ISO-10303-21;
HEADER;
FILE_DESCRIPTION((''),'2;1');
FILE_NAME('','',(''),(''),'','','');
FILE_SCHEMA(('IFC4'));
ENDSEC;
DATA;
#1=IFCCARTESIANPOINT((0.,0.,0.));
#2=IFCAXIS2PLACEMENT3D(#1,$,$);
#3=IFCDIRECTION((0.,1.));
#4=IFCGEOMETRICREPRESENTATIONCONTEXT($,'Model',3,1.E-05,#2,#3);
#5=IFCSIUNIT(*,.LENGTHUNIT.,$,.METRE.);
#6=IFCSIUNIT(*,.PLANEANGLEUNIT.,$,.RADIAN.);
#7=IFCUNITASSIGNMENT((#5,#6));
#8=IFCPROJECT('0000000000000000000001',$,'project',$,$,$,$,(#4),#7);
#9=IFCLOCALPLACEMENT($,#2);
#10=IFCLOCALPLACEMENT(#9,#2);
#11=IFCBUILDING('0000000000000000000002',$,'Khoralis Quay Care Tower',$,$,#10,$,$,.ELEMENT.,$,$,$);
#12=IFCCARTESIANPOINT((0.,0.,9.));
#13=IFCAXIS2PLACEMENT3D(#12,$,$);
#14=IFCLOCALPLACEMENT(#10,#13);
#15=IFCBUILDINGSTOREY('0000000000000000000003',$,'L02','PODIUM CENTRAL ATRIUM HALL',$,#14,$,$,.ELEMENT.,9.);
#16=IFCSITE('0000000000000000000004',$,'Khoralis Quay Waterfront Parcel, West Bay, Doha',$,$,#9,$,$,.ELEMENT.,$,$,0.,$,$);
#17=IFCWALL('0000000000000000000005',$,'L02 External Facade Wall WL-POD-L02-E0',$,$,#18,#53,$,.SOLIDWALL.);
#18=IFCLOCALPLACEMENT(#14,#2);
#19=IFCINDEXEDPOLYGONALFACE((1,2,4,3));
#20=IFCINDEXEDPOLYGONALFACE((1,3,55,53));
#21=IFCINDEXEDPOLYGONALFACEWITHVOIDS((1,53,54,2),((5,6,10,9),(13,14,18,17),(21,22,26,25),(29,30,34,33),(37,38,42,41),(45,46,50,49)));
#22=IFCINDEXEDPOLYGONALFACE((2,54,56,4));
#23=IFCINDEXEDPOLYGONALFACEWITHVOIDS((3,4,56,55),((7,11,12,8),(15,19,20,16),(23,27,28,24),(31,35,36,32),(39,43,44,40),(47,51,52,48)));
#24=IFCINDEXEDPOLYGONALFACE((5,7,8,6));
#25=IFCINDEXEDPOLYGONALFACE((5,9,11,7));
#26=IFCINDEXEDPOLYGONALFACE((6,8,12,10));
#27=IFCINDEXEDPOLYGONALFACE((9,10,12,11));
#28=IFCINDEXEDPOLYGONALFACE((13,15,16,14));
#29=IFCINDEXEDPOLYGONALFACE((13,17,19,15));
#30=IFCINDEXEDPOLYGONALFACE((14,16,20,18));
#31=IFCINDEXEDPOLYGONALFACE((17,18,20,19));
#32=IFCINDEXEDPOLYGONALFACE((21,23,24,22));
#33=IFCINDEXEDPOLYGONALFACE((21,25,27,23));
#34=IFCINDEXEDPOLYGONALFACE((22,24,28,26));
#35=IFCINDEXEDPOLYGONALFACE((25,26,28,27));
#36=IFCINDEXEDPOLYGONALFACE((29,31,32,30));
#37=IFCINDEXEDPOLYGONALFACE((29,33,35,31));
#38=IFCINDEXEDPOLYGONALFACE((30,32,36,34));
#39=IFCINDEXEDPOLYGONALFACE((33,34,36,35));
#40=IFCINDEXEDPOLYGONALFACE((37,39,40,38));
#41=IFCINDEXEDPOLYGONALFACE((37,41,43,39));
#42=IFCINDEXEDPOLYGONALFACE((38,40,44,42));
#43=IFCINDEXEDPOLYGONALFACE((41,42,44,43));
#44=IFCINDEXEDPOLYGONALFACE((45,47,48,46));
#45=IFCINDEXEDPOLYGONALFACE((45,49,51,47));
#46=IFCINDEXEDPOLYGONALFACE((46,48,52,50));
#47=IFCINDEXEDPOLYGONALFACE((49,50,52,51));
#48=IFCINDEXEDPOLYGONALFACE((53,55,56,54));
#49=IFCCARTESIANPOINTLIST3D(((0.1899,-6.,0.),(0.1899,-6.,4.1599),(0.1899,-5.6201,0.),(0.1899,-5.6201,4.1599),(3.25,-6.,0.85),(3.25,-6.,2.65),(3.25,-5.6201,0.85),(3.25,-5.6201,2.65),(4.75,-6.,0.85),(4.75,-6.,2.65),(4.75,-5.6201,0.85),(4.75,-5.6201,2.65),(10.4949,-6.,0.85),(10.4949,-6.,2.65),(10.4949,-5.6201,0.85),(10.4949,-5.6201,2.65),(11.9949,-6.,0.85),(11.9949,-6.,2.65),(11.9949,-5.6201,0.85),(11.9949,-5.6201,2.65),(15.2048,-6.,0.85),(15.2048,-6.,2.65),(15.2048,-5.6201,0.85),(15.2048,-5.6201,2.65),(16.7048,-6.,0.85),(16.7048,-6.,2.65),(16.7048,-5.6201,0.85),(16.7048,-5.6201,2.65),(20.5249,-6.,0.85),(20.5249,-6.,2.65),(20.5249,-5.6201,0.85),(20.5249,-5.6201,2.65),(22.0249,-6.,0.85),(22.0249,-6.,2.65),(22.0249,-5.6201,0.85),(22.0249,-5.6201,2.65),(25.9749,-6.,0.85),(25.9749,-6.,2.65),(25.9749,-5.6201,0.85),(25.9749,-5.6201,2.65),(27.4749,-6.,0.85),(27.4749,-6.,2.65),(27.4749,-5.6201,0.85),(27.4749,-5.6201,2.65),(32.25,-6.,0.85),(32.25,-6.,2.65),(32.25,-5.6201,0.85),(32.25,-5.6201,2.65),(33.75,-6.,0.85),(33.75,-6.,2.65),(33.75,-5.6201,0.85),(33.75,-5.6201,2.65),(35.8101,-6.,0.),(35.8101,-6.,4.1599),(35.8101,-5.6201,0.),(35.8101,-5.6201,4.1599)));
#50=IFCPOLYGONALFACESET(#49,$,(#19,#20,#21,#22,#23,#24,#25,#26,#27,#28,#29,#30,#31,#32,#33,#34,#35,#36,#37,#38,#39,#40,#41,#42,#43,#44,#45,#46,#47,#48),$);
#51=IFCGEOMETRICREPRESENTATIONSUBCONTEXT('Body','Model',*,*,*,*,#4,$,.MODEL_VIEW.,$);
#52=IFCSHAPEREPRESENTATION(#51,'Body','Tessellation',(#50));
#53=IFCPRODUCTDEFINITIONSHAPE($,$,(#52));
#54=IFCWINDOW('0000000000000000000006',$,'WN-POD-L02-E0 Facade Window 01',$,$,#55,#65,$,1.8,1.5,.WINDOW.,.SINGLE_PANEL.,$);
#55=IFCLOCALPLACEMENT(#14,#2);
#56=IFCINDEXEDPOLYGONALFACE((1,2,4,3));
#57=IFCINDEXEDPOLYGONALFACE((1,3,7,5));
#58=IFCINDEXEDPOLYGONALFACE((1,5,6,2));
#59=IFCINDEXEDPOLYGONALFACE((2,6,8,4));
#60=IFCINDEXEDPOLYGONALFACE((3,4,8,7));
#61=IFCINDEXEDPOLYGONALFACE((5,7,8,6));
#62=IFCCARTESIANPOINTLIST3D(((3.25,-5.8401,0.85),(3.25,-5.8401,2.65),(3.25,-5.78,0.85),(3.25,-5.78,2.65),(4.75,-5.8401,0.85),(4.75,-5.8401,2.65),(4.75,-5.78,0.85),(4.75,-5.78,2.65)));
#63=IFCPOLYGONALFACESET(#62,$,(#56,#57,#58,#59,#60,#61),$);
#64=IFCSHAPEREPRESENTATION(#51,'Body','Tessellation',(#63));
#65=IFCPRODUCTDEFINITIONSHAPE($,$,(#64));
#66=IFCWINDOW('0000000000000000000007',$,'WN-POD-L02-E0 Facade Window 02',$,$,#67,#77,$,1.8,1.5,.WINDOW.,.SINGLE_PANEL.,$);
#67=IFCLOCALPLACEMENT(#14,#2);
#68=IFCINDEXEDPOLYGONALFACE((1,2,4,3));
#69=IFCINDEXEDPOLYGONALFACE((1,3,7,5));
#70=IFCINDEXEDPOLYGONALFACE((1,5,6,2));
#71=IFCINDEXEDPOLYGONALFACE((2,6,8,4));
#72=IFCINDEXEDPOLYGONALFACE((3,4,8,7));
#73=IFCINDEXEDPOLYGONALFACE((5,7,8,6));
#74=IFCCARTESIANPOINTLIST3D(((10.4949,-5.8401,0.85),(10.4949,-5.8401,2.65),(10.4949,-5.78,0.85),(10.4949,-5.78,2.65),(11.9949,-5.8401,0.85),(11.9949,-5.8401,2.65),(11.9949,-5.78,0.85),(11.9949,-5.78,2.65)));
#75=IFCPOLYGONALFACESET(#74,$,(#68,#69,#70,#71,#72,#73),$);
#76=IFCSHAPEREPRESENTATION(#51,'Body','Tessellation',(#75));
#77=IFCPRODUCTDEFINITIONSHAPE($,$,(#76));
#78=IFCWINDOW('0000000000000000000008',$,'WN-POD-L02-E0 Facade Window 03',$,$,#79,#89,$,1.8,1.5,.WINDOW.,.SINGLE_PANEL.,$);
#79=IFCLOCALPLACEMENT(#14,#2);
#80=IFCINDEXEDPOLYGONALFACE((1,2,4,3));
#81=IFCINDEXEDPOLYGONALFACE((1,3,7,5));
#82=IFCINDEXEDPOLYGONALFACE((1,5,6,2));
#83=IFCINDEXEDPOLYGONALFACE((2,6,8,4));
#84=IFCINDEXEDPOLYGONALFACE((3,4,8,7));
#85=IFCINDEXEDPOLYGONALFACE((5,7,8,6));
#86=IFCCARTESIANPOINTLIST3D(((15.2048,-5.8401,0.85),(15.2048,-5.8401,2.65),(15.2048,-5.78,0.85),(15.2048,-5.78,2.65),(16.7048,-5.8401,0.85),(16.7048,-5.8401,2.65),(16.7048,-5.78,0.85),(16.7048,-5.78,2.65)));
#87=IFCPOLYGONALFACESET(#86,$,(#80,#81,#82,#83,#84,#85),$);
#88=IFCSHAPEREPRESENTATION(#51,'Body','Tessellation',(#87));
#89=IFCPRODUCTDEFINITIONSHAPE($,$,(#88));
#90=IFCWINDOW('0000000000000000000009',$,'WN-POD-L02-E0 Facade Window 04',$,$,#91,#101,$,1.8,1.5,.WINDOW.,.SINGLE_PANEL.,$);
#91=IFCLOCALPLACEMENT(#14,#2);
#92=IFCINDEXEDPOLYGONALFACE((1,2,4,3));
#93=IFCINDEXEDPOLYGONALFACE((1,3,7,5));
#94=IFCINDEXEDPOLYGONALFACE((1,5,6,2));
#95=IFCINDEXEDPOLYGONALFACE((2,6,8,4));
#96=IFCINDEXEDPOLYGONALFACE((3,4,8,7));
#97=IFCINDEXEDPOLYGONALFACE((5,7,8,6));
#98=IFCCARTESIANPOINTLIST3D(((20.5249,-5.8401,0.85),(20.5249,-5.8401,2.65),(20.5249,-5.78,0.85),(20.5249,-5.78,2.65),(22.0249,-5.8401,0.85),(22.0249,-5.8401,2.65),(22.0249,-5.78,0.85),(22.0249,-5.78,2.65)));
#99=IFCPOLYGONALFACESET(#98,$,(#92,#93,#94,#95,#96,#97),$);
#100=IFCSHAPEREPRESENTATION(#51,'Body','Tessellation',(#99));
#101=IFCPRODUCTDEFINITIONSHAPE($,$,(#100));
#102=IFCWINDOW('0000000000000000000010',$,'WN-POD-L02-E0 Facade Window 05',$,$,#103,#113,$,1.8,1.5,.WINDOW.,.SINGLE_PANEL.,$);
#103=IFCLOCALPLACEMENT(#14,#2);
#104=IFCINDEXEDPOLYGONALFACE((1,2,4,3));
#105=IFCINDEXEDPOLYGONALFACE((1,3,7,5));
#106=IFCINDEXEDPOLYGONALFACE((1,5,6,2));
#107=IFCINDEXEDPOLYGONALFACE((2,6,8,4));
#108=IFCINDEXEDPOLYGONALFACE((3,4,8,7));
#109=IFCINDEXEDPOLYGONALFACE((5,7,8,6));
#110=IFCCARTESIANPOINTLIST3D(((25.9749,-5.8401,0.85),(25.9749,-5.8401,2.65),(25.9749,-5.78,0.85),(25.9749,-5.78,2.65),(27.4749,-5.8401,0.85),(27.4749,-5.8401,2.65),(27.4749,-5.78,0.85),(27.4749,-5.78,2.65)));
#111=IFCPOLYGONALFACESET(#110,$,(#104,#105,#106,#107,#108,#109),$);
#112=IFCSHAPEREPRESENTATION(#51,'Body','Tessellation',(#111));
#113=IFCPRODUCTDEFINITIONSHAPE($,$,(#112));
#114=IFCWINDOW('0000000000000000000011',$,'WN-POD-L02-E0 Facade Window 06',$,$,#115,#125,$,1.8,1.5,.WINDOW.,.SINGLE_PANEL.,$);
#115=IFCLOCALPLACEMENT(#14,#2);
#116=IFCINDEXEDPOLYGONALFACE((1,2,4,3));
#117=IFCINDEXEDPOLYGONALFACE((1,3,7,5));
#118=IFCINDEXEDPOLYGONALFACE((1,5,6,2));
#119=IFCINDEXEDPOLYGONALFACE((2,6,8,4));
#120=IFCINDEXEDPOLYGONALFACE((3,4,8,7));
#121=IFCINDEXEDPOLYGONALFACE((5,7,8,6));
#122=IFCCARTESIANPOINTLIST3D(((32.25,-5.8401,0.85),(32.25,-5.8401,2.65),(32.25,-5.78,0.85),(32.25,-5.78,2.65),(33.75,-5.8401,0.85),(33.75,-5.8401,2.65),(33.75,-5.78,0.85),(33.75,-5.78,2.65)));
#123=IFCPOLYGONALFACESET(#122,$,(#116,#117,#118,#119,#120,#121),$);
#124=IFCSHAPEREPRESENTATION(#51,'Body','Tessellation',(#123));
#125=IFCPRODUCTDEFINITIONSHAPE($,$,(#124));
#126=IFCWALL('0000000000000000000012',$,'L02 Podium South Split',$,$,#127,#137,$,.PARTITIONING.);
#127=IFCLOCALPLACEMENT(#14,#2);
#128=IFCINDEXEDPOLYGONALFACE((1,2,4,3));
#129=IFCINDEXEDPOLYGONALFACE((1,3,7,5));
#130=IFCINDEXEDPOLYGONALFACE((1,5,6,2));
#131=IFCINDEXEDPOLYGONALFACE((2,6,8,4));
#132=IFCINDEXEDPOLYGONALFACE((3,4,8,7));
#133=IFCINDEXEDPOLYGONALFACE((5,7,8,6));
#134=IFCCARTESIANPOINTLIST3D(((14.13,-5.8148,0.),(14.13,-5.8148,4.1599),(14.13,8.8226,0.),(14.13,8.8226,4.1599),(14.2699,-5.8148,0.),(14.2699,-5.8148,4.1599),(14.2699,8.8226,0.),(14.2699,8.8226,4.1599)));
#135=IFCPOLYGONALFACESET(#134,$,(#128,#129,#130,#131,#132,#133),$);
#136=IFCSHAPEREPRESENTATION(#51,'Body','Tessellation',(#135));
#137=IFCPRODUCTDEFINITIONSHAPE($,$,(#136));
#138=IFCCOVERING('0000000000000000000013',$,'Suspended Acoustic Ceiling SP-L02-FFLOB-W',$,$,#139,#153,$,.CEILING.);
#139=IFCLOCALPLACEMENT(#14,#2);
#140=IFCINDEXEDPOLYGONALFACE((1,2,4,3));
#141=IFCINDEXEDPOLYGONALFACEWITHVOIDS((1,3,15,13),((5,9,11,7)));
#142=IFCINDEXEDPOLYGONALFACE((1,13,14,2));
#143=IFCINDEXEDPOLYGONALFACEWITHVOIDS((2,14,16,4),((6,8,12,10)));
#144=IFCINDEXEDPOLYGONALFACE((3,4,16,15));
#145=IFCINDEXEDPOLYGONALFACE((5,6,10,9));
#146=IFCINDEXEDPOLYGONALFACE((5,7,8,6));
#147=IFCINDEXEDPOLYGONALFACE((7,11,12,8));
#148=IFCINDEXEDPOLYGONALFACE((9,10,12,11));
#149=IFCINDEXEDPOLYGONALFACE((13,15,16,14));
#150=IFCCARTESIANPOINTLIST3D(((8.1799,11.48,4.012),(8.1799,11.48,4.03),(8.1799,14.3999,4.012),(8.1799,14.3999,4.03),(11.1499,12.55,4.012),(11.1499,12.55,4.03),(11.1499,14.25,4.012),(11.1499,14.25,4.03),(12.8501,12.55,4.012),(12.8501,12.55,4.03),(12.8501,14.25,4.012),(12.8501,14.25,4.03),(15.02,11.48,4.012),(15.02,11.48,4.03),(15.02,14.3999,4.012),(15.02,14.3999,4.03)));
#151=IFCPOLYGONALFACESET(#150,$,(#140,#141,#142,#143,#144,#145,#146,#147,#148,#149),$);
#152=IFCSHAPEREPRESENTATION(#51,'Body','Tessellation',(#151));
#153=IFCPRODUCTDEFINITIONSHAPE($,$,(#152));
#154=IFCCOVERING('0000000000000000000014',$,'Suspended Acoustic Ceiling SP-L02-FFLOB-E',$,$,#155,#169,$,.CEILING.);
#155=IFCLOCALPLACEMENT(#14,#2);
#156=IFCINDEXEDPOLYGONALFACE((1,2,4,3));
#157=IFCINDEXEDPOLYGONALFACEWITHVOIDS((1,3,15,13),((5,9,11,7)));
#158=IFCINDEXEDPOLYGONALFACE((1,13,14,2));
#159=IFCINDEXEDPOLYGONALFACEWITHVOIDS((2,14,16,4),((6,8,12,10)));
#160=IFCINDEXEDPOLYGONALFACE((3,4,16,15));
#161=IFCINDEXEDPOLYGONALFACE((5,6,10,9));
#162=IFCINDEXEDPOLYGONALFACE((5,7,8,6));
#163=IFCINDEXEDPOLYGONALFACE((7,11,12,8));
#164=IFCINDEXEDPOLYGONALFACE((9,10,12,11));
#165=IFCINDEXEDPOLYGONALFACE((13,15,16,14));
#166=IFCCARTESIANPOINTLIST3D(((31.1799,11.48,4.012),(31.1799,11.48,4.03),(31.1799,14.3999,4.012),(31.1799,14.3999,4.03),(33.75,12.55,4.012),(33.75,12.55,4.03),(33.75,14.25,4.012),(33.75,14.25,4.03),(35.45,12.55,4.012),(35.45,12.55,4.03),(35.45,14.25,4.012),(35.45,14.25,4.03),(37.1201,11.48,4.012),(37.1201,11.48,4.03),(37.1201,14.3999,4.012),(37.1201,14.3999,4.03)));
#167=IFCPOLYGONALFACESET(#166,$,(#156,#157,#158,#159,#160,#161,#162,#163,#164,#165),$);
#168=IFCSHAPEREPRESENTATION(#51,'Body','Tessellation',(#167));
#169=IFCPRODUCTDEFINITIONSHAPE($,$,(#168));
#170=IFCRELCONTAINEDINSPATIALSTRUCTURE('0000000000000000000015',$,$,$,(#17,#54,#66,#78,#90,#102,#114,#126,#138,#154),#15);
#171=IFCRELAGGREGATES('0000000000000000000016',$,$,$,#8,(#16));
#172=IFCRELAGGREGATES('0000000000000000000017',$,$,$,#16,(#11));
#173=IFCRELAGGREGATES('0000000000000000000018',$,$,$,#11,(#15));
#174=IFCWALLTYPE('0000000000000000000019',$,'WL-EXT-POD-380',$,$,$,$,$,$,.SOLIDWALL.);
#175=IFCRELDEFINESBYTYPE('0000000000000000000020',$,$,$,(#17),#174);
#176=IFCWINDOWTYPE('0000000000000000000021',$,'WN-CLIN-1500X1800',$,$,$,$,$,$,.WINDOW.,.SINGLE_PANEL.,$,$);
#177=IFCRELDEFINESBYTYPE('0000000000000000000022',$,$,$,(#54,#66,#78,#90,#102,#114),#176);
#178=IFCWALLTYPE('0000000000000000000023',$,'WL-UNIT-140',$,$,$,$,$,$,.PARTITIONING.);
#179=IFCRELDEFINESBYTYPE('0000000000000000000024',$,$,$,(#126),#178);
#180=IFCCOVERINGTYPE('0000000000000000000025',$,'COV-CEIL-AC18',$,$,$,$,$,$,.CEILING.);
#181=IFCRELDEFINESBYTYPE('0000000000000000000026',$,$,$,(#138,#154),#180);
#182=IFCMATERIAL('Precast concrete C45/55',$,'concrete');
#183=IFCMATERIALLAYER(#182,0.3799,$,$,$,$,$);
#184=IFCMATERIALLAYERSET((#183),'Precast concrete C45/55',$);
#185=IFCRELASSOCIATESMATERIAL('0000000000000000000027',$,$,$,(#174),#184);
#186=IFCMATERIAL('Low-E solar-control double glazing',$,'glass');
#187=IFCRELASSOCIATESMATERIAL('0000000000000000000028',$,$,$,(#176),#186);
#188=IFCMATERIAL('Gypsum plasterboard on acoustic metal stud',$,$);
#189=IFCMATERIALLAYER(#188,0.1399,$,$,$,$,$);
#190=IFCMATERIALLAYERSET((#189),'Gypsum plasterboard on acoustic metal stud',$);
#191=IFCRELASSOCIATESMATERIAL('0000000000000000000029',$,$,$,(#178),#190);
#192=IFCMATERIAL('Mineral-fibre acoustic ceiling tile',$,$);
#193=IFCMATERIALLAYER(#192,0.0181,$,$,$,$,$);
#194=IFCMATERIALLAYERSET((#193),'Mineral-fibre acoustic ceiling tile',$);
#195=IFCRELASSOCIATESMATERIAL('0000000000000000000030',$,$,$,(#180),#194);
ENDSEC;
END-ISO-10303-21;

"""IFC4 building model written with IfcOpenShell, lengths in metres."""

from ifc_helpers import new_model, si_unit, direction, frame, frame_2d, origin, place, context, subcontext, project, spatial, polyline, rectangle, outline, extrude, source, transform, mapped, material, layer, layer_set, type_object, element, fill, save


model = new_model("IFC4")

# Units and contexts
model_context = context("Model", 3, precision=1e-05, world=origin(), true_north=direction((0.0, 1.0)))
body_context = subcontext(model_context, "Body", "Model", "MODEL_VIEW")
ifc_project = project(units=[si_unit("LENGTHUNIT", "METRE"), si_unit("PLANEANGLEUNIT", "RADIAN")], contexts=[model_context])

# Site, building, storey
site_placement = place(None, origin())
site = spatial("IfcSite", under=ifc_project, at=site_placement, Name="Khoralis Quay Waterfront Parcel, West Bay, Doha", CompositionType="ELEMENT", RefElevation=0.0)
building_placement = place(site_placement, origin())
building = spatial("IfcBuilding", under=site, at=building_placement, Name="Khoralis Quay Care Tower", CompositionType="ELEMENT")
storey_placement = place(building_placement, frame((0.0, 0.0, 9.0)))
storey = spatial("IfcBuildingStorey", under=building, at=storey_placement, Name="L02", Description="PODIUM CENTRAL ATRIUM HALL", CompositionType="ELEMENT", Elevation=9.0)

# Shared definitions
ifc_material_1 = material(Name="Precast concrete C45/55", Category="concrete")

# Wall, openings, windows
ifc_layer_1 = layer(ifc_material_1, 0.3799)
ifc_layer_set_1 = layer_set([ifc_layer_1], Name="Precast concrete C45/55")
wall_type_1 = type_object("IfcWallType", Name="WL-EXT-POD-380", PredefinedType="SOLIDWALL", material=ifc_layer_set_1)
wall_1_placement = place(storey_placement, frame((0.1899, -5.8101, 0.0), z_axis=(0.0, 0.0, 1.0), x_axis=(1.0, 0.0, 0.0)))
wall_1 = element("IfcWall", 1, at=wall_1_placement, inside=storey, type_object=wall_type_1, Name="L02 External Facade Wall WL-POD-L02-E0", PredefinedType="SOLIDWALL", context=body_context, shape_type="SweptSolid", body=[
    extrude(rectangle(XDim=35.6201, YDim=0.3799, at=frame_2d((17.8101, 0.0))), origin(), (0.0, 0.0, 1.0), 4.1599),
])
opening_1_placement = place(wall_1_placement, frame((3.0601, 0.0, 0.8501)))
opening_1 = element("IfcOpeningElement", 2, at=opening_1_placement, cuts=wall_1, PredefinedType="OPENING", context=body_context, shape_type="SweptSolid", body=[
    extrude(rectangle(XDim=1.5, YDim=1.8, at=frame_2d((0.75, 0.8999))), frame((0.0, 0.2, 0.0), z_axis=(0.0, -1.0, 0.0), x_axis=(1.0, 0.0, 0.0)), (0.0, 0.0, 1.0), 0.3999),
])
opening_2_placement = place(wall_1_placement, frame((10.3049, 0.0, 0.8501)))
opening_2 = element("IfcOpeningElement", 3, at=opening_2_placement, cuts=wall_1, PredefinedType="OPENING", context=body_context, shape_type="SweptSolid", body=[
    extrude(rectangle(XDim=1.5, YDim=1.8, at=frame_2d((0.75, 0.8999))), frame((0.0, 0.2, 0.0), z_axis=(0.0, -1.0, 0.0), x_axis=(1.0, 0.0, 0.0)), (0.0, 0.0, 1.0), 0.3999),
])
opening_3_placement = place(wall_1_placement, frame((15.0149, 0.0, 0.8501)))
opening_3 = element("IfcOpeningElement", 4, at=opening_3_placement, cuts=wall_1, PredefinedType="OPENING", context=body_context, shape_type="SweptSolid", body=[
    extrude(rectangle(XDim=1.5, YDim=1.8, at=frame_2d((0.75, 0.8999))), frame((0.0, 0.2, 0.0), z_axis=(0.0, -1.0, 0.0), x_axis=(1.0, 0.0, 0.0)), (0.0, 0.0, 1.0), 0.3999),
])
opening_4_placement = place(wall_1_placement, frame((20.335, 0.0, 0.8501)))
opening_4 = element("IfcOpeningElement", 5, at=opening_4_placement, cuts=wall_1, PredefinedType="OPENING", context=body_context, shape_type="SweptSolid", body=[
    extrude(rectangle(XDim=1.5, YDim=1.8, at=frame_2d((0.75, 0.8999))), frame((0.0, 0.2, 0.0), z_axis=(0.0, -1.0, 0.0), x_axis=(1.0, 0.0, 0.0)), (0.0, 0.0, 1.0), 0.3999),
])
opening_5_placement = place(wall_1_placement, frame((25.7849, 0.0, 0.8501)))
opening_5 = element("IfcOpeningElement", 6, at=opening_5_placement, cuts=wall_1, PredefinedType="OPENING", context=body_context, shape_type="SweptSolid", body=[
    extrude(rectangle(XDim=1.5, YDim=1.8, at=frame_2d((0.75, 0.8999))), frame((0.0, 0.2, 0.0), z_axis=(0.0, -1.0, 0.0), x_axis=(1.0, 0.0, 0.0)), (0.0, 0.0, 1.0), 0.3999),
])
opening_6_placement = place(wall_1_placement, frame((32.0601, 0.0, 0.8501)))
opening_6 = element("IfcOpeningElement", 7, at=opening_6_placement, cuts=wall_1, PredefinedType="OPENING", context=body_context, shape_type="SweptSolid", body=[
    extrude(rectangle(XDim=1.5, YDim=1.8, at=frame_2d((0.75, 0.8999))), frame((0.0, 0.2, 0.0), z_axis=(0.0, -1.0, 0.0), x_axis=(1.0, 0.0, 0.0)), (0.0, 0.0, 1.0), 0.3999),
])
ifc_material_2 = material(Name="Low-E solar-control double glazing", Category="glass")
window_type = type_object("IfcWindowType", Name="WN-CLIN-1500X1800", PartitioningType="SINGLE_PANEL", PredefinedType="WINDOW", material=ifc_material_2)
shared_shape_1 = source(origin(), body_context, "Body", "SweptSolid", [
    extrude(rectangle(XDim=1.5, YDim=1.8, at=frame_2d((0.75, 0.8999))), frame((0.0, 0.03, 0.0), z_axis=(0.0, -1.0, 0.0), x_axis=(1.0, 0.0, 0.0)), (0.0, 0.0, 1.0), 0.0601),
])
window_1_placement = place(opening_1_placement, origin())
window_1 = element("IfcWindow", 8, at=window_1_placement, inside=storey, type_object=window_type, Name="WN-POD-L02-E0 Facade Window 01", OverallHeight=1.8, OverallWidth=1.5, PartitioningType="SINGLE_PANEL", PredefinedType="WINDOW", context=body_context, shape_type="MappedRepresentation", body=[
    mapped(shared_shape_1, transform((0.0, 0.0, 0.0), scale=1.0)),
])
fill(opening_1, window_1)
window_2_placement = place(opening_2_placement, origin())
window_2 = element("IfcWindow", 9, at=window_2_placement, inside=storey, type_object=window_type, Name="WN-POD-L02-E0 Facade Window 02", OverallHeight=1.8, OverallWidth=1.5, PartitioningType="SINGLE_PANEL", PredefinedType="WINDOW", context=body_context, shape_type="MappedRepresentation", body=[
    mapped(shared_shape_1, transform((0.0, 0.0, 0.0), scale=1.0)),
])
fill(opening_2, window_2)
window_3_placement = place(opening_3_placement, origin())
window_3 = element("IfcWindow", 10, at=window_3_placement, inside=storey, type_object=window_type, Name="WN-POD-L02-E0 Facade Window 03", OverallHeight=1.8, OverallWidth=1.5, PartitioningType="SINGLE_PANEL", PredefinedType="WINDOW", context=body_context, shape_type="MappedRepresentation", body=[
    mapped(shared_shape_1, transform((0.0, 0.0, 0.0), scale=1.0)),
])
fill(opening_3, window_3)
window_4_placement = place(opening_4_placement, origin())
window_4 = element("IfcWindow", 11, at=window_4_placement, inside=storey, type_object=window_type, Name="WN-POD-L02-E0 Facade Window 04", OverallHeight=1.8, OverallWidth=1.5, PartitioningType="SINGLE_PANEL", PredefinedType="WINDOW", context=body_context, shape_type="MappedRepresentation", body=[
    mapped(shared_shape_1, transform((0.0, 0.0, 0.0), scale=1.0)),
])
fill(opening_4, window_4)
window_5_placement = place(opening_5_placement, origin())
window_5 = element("IfcWindow", 12, at=window_5_placement, inside=storey, type_object=window_type, Name="WN-POD-L02-E0 Facade Window 05", OverallHeight=1.8, OverallWidth=1.5, PartitioningType="SINGLE_PANEL", PredefinedType="WINDOW", context=body_context, shape_type="MappedRepresentation", body=[
    mapped(shared_shape_1, transform((0.0, 0.0, 0.0), scale=1.0)),
])
fill(opening_5, window_5)
window_6_placement = place(opening_6_placement, origin())
window_6 = element("IfcWindow", 13, at=window_6_placement, inside=storey, type_object=window_type, Name="WN-POD-L02-E0 Facade Window 06", OverallHeight=1.8, OverallWidth=1.5, PartitioningType="SINGLE_PANEL", PredefinedType="WINDOW", context=body_context, shape_type="MappedRepresentation", body=[
    mapped(shared_shape_1, transform((0.0, 0.0, 0.0), scale=1.0)),
])
fill(opening_6, window_6)

# Wall
ifc_material_3 = material(Name="Gypsum plasterboard on acoustic metal stud")
ifc_layer_2 = layer(ifc_material_3, 0.1399)
ifc_layer_set_2 = layer_set([ifc_layer_2], Name="Gypsum plasterboard on acoustic metal stud")
wall_type_2 = type_object("IfcWallType", Name="WL-UNIT-140", PredefinedType="PARTITIONING", material=ifc_layer_set_2)
wall_2_placement = place(storey_placement, frame((14.2, -5.8149, 0.0), z_axis=(0.0, 0.0, 1.0), x_axis=(0.0, 1.0, 0.0)))
element("IfcWall", 14, at=wall_2_placement, inside=storey, type_object=wall_type_2, Name="L02 Podium South Split", PredefinedType="PARTITIONING", context=body_context, shape_type="SweptSolid", body=[
    extrude(rectangle(XDim=14.6375, YDim=0.1399, at=frame_2d((7.3188, 0.0))), origin(), (0.0, 0.0, 1.0), 4.1599),
])

# Coverings
ifc_material_4 = material(Name="Mineral-fibre acoustic ceiling tile")
ifc_layer_3 = layer(ifc_material_4, 0.0181)
ifc_layer_set_3 = layer_set([ifc_layer_3], Name="Mineral-fibre acoustic ceiling tile")
covering_type_1 = type_object("IfcCoveringType", Name="COV-CEIL-AC18", PredefinedType="CEILING", material=ifc_layer_set_3)
covering_1_placement = place(storey_placement, frame((0.0, 0.0, 4.012)))
element("IfcCovering", 15, at=covering_1_placement, inside=storey, type_object=covering_type_1, Name="Suspended Acoustic Ceiling SP-L02-FFLOB-W", PredefinedType="CEILING", context=body_context, shape_type="SweptSolid", body=[
    extrude(outline(polyline([(8.1799, 11.48), (15.02, 11.48), (15.02, 14.3999), (8.1799, 14.3999), (8.1799, 11.48)]), holes=[polyline([(11.1499, 12.55), (12.8501, 12.55), (12.8501, 14.25), (11.1499, 14.25), (11.1499, 12.55)])]), origin(), (0.0, 0.0, 1.0), 0.0181),
])
covering_2_placement = place(storey_placement, frame((0.0, 0.0, 4.012)))
element("IfcCovering", 16, at=covering_2_placement, inside=storey, type_object=covering_type_1, Name="Suspended Acoustic Ceiling SP-L02-FFLOB-E", PredefinedType="CEILING", context=body_context, shape_type="SweptSolid", body=[
    extrude(outline(polyline([(31.1799, 11.48), (37.1201, 11.48), (37.1201, 14.3999), (31.1799, 14.3999), (31.1799, 11.48)]), holes=[polyline([(33.75, 12.55), (35.45, 12.55), (35.45, 14.25), (33.75, 14.25), (33.75, 12.55)])]), origin(), (0.0, 0.0, 1.0), 0.0181),
])

save(model, "model.ifc")
